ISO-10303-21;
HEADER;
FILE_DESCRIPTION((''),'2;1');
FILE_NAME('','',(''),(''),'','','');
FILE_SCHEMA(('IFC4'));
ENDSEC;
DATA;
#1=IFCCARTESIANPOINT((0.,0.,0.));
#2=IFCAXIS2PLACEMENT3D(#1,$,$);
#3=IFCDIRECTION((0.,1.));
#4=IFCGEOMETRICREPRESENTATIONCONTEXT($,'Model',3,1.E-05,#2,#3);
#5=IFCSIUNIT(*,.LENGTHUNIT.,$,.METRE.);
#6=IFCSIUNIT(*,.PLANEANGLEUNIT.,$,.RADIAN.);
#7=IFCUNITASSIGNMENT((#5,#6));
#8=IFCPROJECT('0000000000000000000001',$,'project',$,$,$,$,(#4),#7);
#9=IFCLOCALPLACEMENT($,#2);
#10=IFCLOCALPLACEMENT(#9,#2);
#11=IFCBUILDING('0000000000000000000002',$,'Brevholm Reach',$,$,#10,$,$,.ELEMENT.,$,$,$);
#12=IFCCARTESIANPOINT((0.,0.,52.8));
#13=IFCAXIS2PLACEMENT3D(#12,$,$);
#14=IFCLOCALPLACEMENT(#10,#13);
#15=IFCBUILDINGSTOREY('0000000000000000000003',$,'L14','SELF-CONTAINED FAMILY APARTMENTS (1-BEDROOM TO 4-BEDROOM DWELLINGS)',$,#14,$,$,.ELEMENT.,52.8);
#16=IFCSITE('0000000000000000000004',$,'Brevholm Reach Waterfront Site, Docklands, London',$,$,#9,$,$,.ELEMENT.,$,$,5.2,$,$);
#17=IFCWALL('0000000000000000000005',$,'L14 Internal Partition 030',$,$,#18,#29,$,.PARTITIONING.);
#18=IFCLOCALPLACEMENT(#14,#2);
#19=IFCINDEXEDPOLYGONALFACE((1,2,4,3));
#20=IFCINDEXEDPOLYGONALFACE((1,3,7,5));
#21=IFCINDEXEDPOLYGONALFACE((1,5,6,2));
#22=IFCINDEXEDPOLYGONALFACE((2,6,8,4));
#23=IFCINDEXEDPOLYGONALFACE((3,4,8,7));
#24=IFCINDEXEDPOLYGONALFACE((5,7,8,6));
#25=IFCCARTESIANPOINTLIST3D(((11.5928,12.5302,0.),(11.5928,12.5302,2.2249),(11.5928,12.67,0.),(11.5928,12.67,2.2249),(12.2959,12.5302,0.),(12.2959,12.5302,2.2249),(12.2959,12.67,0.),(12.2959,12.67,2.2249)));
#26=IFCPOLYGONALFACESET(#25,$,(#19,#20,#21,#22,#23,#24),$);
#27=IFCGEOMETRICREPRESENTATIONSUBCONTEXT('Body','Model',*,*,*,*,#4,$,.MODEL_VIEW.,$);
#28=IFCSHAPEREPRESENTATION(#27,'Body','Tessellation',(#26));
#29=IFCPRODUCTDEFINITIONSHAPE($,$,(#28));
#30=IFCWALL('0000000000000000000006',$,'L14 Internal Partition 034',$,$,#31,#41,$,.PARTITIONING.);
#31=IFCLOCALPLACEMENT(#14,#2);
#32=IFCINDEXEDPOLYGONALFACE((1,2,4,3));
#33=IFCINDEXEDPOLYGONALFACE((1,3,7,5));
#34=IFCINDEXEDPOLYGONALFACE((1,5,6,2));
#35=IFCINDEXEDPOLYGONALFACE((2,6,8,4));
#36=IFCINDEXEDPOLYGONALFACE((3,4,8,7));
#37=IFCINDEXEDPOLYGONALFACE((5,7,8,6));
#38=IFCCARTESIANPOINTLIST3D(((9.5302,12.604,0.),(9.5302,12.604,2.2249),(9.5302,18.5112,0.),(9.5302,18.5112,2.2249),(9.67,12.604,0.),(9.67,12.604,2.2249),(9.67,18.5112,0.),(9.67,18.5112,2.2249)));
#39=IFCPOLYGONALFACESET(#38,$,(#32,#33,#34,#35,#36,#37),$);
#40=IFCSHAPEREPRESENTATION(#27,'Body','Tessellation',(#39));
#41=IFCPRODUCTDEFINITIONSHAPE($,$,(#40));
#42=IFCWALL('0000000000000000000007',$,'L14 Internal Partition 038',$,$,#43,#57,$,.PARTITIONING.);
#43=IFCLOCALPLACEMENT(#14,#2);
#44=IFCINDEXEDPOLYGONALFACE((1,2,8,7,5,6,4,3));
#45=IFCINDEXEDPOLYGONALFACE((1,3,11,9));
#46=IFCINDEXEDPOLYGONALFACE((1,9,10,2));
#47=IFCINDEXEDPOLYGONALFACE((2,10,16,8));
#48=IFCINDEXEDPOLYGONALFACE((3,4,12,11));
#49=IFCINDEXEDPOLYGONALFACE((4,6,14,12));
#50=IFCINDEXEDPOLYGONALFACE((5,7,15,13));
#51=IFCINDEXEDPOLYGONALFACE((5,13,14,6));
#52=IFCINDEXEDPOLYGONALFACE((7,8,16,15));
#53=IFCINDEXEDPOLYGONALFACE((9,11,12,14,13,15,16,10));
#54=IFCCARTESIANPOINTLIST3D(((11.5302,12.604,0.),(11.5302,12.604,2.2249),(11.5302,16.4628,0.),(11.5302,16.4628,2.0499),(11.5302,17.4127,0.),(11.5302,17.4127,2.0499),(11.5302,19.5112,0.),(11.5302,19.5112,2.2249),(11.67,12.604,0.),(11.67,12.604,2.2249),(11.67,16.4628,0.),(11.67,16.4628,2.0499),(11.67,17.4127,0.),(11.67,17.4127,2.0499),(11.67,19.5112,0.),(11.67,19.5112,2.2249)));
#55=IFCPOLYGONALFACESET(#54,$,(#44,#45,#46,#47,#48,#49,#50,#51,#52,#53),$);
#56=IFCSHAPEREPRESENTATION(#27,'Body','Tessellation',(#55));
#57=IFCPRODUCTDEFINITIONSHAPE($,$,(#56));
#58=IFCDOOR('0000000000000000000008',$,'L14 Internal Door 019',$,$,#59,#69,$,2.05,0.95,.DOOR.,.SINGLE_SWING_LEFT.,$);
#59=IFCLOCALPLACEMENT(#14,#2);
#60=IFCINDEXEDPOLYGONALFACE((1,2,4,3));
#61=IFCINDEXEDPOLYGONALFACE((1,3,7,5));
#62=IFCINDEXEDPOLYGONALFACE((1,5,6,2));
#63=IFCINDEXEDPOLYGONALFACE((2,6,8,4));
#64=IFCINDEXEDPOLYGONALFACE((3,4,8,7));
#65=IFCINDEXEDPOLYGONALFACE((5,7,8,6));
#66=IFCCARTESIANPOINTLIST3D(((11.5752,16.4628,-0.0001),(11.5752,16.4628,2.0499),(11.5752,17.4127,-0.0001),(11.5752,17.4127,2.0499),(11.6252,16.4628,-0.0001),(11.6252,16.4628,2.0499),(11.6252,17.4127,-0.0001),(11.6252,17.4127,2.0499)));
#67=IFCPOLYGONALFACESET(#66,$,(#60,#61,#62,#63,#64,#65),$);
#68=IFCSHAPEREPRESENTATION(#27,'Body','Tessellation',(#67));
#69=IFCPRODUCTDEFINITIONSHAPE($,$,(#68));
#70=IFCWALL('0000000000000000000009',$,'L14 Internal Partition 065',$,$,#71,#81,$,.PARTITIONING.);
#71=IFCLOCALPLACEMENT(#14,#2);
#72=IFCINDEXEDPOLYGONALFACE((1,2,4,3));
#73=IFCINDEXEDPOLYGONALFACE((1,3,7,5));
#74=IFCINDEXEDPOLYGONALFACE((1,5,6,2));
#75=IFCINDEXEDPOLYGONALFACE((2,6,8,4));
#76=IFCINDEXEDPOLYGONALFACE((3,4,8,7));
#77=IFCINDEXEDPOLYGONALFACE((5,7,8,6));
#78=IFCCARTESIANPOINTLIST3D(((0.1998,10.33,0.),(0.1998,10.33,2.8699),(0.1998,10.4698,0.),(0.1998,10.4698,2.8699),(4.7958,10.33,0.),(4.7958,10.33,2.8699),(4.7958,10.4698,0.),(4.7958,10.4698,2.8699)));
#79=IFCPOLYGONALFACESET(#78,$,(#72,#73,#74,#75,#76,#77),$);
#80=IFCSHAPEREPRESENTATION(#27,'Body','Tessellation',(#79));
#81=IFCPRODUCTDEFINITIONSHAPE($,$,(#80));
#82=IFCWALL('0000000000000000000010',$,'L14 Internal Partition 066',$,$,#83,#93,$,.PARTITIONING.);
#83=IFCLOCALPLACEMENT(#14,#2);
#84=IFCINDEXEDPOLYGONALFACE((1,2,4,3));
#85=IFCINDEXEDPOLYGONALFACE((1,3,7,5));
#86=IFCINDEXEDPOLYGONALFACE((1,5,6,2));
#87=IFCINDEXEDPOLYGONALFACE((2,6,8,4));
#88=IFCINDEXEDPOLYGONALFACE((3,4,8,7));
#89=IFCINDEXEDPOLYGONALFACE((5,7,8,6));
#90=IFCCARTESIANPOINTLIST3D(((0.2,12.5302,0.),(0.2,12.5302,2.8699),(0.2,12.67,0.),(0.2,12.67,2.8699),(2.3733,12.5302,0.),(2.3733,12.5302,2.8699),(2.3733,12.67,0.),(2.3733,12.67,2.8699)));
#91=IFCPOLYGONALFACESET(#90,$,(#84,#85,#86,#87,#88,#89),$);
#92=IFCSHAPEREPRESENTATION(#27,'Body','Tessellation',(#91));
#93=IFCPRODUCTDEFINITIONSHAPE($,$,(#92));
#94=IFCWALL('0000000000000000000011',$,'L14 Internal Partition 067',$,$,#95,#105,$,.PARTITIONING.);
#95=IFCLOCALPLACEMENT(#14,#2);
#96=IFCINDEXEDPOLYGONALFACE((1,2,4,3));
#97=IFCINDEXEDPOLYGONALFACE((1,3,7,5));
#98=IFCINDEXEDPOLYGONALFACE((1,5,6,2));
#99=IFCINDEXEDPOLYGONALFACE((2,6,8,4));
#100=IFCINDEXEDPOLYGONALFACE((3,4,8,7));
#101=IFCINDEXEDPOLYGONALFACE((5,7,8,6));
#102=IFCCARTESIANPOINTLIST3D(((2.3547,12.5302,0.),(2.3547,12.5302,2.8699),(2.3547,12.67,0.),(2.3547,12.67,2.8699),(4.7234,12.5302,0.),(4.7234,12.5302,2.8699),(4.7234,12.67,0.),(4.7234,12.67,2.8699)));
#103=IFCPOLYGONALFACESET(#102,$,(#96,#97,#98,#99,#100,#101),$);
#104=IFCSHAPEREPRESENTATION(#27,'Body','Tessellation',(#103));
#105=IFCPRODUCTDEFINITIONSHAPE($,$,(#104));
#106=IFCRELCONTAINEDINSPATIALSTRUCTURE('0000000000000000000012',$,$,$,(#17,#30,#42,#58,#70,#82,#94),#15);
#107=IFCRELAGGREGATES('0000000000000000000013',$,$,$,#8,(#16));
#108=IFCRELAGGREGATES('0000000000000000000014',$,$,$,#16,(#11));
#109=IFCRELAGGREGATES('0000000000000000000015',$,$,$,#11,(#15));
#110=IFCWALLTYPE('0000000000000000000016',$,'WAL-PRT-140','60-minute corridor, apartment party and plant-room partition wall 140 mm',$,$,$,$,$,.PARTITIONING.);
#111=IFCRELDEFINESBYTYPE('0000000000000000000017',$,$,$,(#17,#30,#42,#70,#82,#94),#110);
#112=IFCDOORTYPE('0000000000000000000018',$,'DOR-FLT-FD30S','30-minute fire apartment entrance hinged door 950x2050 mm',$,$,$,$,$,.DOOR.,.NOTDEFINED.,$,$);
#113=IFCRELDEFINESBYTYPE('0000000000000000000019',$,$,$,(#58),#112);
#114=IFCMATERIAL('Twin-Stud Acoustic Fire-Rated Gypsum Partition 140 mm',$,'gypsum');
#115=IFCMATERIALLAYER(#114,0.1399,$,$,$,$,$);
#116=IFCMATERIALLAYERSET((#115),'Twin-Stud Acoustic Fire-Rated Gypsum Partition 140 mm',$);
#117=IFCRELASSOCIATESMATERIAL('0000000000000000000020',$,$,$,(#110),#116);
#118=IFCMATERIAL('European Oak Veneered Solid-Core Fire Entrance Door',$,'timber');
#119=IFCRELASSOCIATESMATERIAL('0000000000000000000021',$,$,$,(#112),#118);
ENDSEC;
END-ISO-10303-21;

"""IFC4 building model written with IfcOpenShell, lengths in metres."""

from ifc_helpers import new_model, si_unit, direction, frame, frame_2d, origin, place, context, subcontext, project, spatial, rectangle, extrude, material, layer, layer_set, type_object, element, fill, save


model = new_model("IFC4")

# Units and contexts
model_context = context("Model", 3, precision=1e-05, world=origin(), true_north=direction((0.0, 1.0)))
body_context = subcontext(model_context, "Body", "Model", "MODEL_VIEW")
ifc_project = project(units=[si_unit("LENGTHUNIT", "METRE"), si_unit("PLANEANGLEUNIT", "RADIAN")], contexts=[model_context])

# Site, building, storey
site_placement = place(None, origin())
site = spatial("IfcSite", under=ifc_project, at=site_placement, Name="Brevholm Reach Waterfront Site, Docklands, London", CompositionType="ELEMENT", RefElevation=5.2)
building_placement = place(site_placement, origin())
building = spatial("IfcBuilding", under=site, at=building_placement, Name="Brevholm Reach", CompositionType="ELEMENT")
storey_placement = place(building_placement, frame((0.0, 0.0, 52.8)))
storey = spatial("IfcBuildingStorey", under=building, at=storey_placement, Name="L14", Description="SELF-CONTAINED FAMILY APARTMENTS (1-BEDROOM TO 4-BEDROOM DWELLINGS)", CompositionType="ELEMENT", Elevation=52.8)

# Shared definitions
ifc_material_1 = material(Name="Twin-Stud Acoustic Fire-Rated Gypsum Partition 140 mm", Category="gypsum")
ifc_layer_1 = layer(ifc_material_1, 0.1399)
ifc_layer_set_1 = layer_set([ifc_layer_1], Name="Twin-Stud Acoustic Fire-Rated Gypsum Partition 140 mm")
wall_type_1 = type_object("IfcWallType", Name="WAL-PRT-140", Description="60-minute corridor, apartment party and plant-room partition wall 140 mm", PredefinedType="PARTITIONING", material=ifc_layer_set_1)
ifc_material_2 = material(Name="European Oak Veneered Solid-Core Fire Entrance Door", Category="timber")
door_type_1 = type_object("IfcDoorType", Name="DOR-FLT-FD30S", Description="30-minute fire apartment entrance hinged door 950x2050 mm", OperationType="NOTDEFINED", PredefinedType="DOOR", material=ifc_material_2)

# Walls
wall_1_placement = place(storey_placement, frame((11.5928, 12.6001, 0.0), z_axis=(0.0, 0.0, 1.0), x_axis=(1.0, 0.0, 0.0)))
element("IfcWall", 1, at=wall_1_placement, inside=storey, type_object=wall_type_1, Name="L14 Internal Partition 030", PredefinedType="PARTITIONING", context=body_context, shape_type="SweptSolid", body=[
    extrude(rectangle(XDim=0.7031, YDim=0.1399, at=frame_2d((0.3516, 0.0))), origin(), (0.0, 0.0, 1.0), 2.2249),
])
wall_2_placement = place(storey_placement, frame((9.6001, 12.604, 0.0), z_axis=(0.0, 0.0, 1.0), x_axis=(0.0, 1.0, 0.0)))
element("IfcWall", 2, at=wall_2_placement, inside=storey, type_object=wall_type_1, Name="L14 Internal Partition 034", PredefinedType="PARTITIONING", context=body_context, shape_type="SweptSolid", body=[
    extrude(rectangle(XDim=5.9072, YDim=0.1399, at=frame_2d((2.9536, 0.0))), origin(), (0.0, 0.0, 1.0), 2.2249),
])

# Wall, opening, door
wall_3_placement = place(storey_placement, frame((11.6001, 12.604, 0.0), z_axis=(0.0, 0.0, 1.0), x_axis=(0.0, 1.0, 0.0)))
wall_3 = element("IfcWall", 3, at=wall_3_placement, inside=storey, type_object=wall_type_1, Name="L14 Internal Partition 038", PredefinedType="PARTITIONING", context=body_context, shape_type="SweptSolid", body=[
    extrude(rectangle(XDim=6.9072, YDim=0.1399, at=frame_2d((3.4536, 0.0))), origin(), (0.0, 0.0, 1.0), 2.2249),
])
opening_1_placement = place(wall_3_placement, frame((3.8586, 0.0, 0.0)))
opening_1 = element("IfcOpeningElement", 4, at=opening_1_placement, cuts=wall_3, PredefinedType="OPENING", context=body_context, shape_type="SweptSolid", body=[
    extrude(rectangle(XDim=0.95, YDim=2.05, at=frame_2d((0.4751, 1.0249))), frame((0.0, 0.0798, 0.0), z_axis=(0.0, -1.0, 0.0), x_axis=(1.0, 0.0, 0.0)), (0.0, 0.0, 1.0), 0.1599),
])
door_1_placement = place(opening_1_placement, origin())
door_1 = element("IfcDoor", 5, at=door_1_placement, inside=storey, type_object=door_type_1, Name="L14 Internal Door 019", OperationType="SINGLE_SWING_LEFT", OverallHeight=2.05, OverallWidth=0.95, PredefinedType="DOOR", context=body_context, shape_type="SweptSolid", body=[
    extrude(rectangle(XDim=0.95, YDim=2.05, at=frame_2d((0.4751, 1.0249))), frame((0.0, 0.0249, 0.0), z_axis=(0.0, -1.0, 0.0), x_axis=(1.0, 0.0, 0.0)), (0.0, 0.0, 1.0), 0.05),
])
fill(opening_1, door_1)

# Walls
wall_4_placement = place(storey_placement, frame((0.2, 10.3999, 0.0), z_axis=(0.0, 0.0, 1.0), x_axis=(1.0, 0.0, 0.0)))
element("IfcWall", 6, at=wall_4_placement, inside=storey, type_object=wall_type_1, Name="L14 Internal Partition 065", PredefinedType="PARTITIONING", context=body_context, shape_type="SweptSolid", body=[
    extrude(rectangle(XDim=4.5959, YDim=0.1399, at=frame_2d((2.2979, 0.0))), origin(), (0.0, 0.0, 1.0), 2.8699),
])
wall_5_placement = place(storey_placement, frame((0.2, 12.6001, 0.0), z_axis=(0.0, 0.0, 1.0), x_axis=(1.0, 0.0, 0.0)))
element("IfcWall", 7, at=wall_5_placement, inside=storey, type_object=wall_type_1, Name="L14 Internal Partition 066", PredefinedType="PARTITIONING", context=body_context, shape_type="SweptSolid", body=[
    extrude(rectangle(XDim=2.1733, YDim=0.1399, at=frame_2d((1.0867, 0.0))), origin(), (0.0, 0.0, 1.0), 2.8699),
])
wall_6_placement = place(storey_placement, frame((2.3547, 12.6001, 0.0), z_axis=(0.0, 0.0, 1.0), x_axis=(1.0, 0.0, 0.0)))
element("IfcWall", 8, at=wall_6_placement, inside=storey, type_object=wall_type_1, Name="L14 Internal Partition 067", PredefinedType="PARTITIONING", context=body_context, shape_type="SweptSolid", body=[
    extrude(rectangle(XDim=2.3687, YDim=0.1399, at=frame_2d((1.1843, 0.0))), origin(), (0.0, 0.0, 1.0), 2.8699),
])

save(model, "model.ifc")
